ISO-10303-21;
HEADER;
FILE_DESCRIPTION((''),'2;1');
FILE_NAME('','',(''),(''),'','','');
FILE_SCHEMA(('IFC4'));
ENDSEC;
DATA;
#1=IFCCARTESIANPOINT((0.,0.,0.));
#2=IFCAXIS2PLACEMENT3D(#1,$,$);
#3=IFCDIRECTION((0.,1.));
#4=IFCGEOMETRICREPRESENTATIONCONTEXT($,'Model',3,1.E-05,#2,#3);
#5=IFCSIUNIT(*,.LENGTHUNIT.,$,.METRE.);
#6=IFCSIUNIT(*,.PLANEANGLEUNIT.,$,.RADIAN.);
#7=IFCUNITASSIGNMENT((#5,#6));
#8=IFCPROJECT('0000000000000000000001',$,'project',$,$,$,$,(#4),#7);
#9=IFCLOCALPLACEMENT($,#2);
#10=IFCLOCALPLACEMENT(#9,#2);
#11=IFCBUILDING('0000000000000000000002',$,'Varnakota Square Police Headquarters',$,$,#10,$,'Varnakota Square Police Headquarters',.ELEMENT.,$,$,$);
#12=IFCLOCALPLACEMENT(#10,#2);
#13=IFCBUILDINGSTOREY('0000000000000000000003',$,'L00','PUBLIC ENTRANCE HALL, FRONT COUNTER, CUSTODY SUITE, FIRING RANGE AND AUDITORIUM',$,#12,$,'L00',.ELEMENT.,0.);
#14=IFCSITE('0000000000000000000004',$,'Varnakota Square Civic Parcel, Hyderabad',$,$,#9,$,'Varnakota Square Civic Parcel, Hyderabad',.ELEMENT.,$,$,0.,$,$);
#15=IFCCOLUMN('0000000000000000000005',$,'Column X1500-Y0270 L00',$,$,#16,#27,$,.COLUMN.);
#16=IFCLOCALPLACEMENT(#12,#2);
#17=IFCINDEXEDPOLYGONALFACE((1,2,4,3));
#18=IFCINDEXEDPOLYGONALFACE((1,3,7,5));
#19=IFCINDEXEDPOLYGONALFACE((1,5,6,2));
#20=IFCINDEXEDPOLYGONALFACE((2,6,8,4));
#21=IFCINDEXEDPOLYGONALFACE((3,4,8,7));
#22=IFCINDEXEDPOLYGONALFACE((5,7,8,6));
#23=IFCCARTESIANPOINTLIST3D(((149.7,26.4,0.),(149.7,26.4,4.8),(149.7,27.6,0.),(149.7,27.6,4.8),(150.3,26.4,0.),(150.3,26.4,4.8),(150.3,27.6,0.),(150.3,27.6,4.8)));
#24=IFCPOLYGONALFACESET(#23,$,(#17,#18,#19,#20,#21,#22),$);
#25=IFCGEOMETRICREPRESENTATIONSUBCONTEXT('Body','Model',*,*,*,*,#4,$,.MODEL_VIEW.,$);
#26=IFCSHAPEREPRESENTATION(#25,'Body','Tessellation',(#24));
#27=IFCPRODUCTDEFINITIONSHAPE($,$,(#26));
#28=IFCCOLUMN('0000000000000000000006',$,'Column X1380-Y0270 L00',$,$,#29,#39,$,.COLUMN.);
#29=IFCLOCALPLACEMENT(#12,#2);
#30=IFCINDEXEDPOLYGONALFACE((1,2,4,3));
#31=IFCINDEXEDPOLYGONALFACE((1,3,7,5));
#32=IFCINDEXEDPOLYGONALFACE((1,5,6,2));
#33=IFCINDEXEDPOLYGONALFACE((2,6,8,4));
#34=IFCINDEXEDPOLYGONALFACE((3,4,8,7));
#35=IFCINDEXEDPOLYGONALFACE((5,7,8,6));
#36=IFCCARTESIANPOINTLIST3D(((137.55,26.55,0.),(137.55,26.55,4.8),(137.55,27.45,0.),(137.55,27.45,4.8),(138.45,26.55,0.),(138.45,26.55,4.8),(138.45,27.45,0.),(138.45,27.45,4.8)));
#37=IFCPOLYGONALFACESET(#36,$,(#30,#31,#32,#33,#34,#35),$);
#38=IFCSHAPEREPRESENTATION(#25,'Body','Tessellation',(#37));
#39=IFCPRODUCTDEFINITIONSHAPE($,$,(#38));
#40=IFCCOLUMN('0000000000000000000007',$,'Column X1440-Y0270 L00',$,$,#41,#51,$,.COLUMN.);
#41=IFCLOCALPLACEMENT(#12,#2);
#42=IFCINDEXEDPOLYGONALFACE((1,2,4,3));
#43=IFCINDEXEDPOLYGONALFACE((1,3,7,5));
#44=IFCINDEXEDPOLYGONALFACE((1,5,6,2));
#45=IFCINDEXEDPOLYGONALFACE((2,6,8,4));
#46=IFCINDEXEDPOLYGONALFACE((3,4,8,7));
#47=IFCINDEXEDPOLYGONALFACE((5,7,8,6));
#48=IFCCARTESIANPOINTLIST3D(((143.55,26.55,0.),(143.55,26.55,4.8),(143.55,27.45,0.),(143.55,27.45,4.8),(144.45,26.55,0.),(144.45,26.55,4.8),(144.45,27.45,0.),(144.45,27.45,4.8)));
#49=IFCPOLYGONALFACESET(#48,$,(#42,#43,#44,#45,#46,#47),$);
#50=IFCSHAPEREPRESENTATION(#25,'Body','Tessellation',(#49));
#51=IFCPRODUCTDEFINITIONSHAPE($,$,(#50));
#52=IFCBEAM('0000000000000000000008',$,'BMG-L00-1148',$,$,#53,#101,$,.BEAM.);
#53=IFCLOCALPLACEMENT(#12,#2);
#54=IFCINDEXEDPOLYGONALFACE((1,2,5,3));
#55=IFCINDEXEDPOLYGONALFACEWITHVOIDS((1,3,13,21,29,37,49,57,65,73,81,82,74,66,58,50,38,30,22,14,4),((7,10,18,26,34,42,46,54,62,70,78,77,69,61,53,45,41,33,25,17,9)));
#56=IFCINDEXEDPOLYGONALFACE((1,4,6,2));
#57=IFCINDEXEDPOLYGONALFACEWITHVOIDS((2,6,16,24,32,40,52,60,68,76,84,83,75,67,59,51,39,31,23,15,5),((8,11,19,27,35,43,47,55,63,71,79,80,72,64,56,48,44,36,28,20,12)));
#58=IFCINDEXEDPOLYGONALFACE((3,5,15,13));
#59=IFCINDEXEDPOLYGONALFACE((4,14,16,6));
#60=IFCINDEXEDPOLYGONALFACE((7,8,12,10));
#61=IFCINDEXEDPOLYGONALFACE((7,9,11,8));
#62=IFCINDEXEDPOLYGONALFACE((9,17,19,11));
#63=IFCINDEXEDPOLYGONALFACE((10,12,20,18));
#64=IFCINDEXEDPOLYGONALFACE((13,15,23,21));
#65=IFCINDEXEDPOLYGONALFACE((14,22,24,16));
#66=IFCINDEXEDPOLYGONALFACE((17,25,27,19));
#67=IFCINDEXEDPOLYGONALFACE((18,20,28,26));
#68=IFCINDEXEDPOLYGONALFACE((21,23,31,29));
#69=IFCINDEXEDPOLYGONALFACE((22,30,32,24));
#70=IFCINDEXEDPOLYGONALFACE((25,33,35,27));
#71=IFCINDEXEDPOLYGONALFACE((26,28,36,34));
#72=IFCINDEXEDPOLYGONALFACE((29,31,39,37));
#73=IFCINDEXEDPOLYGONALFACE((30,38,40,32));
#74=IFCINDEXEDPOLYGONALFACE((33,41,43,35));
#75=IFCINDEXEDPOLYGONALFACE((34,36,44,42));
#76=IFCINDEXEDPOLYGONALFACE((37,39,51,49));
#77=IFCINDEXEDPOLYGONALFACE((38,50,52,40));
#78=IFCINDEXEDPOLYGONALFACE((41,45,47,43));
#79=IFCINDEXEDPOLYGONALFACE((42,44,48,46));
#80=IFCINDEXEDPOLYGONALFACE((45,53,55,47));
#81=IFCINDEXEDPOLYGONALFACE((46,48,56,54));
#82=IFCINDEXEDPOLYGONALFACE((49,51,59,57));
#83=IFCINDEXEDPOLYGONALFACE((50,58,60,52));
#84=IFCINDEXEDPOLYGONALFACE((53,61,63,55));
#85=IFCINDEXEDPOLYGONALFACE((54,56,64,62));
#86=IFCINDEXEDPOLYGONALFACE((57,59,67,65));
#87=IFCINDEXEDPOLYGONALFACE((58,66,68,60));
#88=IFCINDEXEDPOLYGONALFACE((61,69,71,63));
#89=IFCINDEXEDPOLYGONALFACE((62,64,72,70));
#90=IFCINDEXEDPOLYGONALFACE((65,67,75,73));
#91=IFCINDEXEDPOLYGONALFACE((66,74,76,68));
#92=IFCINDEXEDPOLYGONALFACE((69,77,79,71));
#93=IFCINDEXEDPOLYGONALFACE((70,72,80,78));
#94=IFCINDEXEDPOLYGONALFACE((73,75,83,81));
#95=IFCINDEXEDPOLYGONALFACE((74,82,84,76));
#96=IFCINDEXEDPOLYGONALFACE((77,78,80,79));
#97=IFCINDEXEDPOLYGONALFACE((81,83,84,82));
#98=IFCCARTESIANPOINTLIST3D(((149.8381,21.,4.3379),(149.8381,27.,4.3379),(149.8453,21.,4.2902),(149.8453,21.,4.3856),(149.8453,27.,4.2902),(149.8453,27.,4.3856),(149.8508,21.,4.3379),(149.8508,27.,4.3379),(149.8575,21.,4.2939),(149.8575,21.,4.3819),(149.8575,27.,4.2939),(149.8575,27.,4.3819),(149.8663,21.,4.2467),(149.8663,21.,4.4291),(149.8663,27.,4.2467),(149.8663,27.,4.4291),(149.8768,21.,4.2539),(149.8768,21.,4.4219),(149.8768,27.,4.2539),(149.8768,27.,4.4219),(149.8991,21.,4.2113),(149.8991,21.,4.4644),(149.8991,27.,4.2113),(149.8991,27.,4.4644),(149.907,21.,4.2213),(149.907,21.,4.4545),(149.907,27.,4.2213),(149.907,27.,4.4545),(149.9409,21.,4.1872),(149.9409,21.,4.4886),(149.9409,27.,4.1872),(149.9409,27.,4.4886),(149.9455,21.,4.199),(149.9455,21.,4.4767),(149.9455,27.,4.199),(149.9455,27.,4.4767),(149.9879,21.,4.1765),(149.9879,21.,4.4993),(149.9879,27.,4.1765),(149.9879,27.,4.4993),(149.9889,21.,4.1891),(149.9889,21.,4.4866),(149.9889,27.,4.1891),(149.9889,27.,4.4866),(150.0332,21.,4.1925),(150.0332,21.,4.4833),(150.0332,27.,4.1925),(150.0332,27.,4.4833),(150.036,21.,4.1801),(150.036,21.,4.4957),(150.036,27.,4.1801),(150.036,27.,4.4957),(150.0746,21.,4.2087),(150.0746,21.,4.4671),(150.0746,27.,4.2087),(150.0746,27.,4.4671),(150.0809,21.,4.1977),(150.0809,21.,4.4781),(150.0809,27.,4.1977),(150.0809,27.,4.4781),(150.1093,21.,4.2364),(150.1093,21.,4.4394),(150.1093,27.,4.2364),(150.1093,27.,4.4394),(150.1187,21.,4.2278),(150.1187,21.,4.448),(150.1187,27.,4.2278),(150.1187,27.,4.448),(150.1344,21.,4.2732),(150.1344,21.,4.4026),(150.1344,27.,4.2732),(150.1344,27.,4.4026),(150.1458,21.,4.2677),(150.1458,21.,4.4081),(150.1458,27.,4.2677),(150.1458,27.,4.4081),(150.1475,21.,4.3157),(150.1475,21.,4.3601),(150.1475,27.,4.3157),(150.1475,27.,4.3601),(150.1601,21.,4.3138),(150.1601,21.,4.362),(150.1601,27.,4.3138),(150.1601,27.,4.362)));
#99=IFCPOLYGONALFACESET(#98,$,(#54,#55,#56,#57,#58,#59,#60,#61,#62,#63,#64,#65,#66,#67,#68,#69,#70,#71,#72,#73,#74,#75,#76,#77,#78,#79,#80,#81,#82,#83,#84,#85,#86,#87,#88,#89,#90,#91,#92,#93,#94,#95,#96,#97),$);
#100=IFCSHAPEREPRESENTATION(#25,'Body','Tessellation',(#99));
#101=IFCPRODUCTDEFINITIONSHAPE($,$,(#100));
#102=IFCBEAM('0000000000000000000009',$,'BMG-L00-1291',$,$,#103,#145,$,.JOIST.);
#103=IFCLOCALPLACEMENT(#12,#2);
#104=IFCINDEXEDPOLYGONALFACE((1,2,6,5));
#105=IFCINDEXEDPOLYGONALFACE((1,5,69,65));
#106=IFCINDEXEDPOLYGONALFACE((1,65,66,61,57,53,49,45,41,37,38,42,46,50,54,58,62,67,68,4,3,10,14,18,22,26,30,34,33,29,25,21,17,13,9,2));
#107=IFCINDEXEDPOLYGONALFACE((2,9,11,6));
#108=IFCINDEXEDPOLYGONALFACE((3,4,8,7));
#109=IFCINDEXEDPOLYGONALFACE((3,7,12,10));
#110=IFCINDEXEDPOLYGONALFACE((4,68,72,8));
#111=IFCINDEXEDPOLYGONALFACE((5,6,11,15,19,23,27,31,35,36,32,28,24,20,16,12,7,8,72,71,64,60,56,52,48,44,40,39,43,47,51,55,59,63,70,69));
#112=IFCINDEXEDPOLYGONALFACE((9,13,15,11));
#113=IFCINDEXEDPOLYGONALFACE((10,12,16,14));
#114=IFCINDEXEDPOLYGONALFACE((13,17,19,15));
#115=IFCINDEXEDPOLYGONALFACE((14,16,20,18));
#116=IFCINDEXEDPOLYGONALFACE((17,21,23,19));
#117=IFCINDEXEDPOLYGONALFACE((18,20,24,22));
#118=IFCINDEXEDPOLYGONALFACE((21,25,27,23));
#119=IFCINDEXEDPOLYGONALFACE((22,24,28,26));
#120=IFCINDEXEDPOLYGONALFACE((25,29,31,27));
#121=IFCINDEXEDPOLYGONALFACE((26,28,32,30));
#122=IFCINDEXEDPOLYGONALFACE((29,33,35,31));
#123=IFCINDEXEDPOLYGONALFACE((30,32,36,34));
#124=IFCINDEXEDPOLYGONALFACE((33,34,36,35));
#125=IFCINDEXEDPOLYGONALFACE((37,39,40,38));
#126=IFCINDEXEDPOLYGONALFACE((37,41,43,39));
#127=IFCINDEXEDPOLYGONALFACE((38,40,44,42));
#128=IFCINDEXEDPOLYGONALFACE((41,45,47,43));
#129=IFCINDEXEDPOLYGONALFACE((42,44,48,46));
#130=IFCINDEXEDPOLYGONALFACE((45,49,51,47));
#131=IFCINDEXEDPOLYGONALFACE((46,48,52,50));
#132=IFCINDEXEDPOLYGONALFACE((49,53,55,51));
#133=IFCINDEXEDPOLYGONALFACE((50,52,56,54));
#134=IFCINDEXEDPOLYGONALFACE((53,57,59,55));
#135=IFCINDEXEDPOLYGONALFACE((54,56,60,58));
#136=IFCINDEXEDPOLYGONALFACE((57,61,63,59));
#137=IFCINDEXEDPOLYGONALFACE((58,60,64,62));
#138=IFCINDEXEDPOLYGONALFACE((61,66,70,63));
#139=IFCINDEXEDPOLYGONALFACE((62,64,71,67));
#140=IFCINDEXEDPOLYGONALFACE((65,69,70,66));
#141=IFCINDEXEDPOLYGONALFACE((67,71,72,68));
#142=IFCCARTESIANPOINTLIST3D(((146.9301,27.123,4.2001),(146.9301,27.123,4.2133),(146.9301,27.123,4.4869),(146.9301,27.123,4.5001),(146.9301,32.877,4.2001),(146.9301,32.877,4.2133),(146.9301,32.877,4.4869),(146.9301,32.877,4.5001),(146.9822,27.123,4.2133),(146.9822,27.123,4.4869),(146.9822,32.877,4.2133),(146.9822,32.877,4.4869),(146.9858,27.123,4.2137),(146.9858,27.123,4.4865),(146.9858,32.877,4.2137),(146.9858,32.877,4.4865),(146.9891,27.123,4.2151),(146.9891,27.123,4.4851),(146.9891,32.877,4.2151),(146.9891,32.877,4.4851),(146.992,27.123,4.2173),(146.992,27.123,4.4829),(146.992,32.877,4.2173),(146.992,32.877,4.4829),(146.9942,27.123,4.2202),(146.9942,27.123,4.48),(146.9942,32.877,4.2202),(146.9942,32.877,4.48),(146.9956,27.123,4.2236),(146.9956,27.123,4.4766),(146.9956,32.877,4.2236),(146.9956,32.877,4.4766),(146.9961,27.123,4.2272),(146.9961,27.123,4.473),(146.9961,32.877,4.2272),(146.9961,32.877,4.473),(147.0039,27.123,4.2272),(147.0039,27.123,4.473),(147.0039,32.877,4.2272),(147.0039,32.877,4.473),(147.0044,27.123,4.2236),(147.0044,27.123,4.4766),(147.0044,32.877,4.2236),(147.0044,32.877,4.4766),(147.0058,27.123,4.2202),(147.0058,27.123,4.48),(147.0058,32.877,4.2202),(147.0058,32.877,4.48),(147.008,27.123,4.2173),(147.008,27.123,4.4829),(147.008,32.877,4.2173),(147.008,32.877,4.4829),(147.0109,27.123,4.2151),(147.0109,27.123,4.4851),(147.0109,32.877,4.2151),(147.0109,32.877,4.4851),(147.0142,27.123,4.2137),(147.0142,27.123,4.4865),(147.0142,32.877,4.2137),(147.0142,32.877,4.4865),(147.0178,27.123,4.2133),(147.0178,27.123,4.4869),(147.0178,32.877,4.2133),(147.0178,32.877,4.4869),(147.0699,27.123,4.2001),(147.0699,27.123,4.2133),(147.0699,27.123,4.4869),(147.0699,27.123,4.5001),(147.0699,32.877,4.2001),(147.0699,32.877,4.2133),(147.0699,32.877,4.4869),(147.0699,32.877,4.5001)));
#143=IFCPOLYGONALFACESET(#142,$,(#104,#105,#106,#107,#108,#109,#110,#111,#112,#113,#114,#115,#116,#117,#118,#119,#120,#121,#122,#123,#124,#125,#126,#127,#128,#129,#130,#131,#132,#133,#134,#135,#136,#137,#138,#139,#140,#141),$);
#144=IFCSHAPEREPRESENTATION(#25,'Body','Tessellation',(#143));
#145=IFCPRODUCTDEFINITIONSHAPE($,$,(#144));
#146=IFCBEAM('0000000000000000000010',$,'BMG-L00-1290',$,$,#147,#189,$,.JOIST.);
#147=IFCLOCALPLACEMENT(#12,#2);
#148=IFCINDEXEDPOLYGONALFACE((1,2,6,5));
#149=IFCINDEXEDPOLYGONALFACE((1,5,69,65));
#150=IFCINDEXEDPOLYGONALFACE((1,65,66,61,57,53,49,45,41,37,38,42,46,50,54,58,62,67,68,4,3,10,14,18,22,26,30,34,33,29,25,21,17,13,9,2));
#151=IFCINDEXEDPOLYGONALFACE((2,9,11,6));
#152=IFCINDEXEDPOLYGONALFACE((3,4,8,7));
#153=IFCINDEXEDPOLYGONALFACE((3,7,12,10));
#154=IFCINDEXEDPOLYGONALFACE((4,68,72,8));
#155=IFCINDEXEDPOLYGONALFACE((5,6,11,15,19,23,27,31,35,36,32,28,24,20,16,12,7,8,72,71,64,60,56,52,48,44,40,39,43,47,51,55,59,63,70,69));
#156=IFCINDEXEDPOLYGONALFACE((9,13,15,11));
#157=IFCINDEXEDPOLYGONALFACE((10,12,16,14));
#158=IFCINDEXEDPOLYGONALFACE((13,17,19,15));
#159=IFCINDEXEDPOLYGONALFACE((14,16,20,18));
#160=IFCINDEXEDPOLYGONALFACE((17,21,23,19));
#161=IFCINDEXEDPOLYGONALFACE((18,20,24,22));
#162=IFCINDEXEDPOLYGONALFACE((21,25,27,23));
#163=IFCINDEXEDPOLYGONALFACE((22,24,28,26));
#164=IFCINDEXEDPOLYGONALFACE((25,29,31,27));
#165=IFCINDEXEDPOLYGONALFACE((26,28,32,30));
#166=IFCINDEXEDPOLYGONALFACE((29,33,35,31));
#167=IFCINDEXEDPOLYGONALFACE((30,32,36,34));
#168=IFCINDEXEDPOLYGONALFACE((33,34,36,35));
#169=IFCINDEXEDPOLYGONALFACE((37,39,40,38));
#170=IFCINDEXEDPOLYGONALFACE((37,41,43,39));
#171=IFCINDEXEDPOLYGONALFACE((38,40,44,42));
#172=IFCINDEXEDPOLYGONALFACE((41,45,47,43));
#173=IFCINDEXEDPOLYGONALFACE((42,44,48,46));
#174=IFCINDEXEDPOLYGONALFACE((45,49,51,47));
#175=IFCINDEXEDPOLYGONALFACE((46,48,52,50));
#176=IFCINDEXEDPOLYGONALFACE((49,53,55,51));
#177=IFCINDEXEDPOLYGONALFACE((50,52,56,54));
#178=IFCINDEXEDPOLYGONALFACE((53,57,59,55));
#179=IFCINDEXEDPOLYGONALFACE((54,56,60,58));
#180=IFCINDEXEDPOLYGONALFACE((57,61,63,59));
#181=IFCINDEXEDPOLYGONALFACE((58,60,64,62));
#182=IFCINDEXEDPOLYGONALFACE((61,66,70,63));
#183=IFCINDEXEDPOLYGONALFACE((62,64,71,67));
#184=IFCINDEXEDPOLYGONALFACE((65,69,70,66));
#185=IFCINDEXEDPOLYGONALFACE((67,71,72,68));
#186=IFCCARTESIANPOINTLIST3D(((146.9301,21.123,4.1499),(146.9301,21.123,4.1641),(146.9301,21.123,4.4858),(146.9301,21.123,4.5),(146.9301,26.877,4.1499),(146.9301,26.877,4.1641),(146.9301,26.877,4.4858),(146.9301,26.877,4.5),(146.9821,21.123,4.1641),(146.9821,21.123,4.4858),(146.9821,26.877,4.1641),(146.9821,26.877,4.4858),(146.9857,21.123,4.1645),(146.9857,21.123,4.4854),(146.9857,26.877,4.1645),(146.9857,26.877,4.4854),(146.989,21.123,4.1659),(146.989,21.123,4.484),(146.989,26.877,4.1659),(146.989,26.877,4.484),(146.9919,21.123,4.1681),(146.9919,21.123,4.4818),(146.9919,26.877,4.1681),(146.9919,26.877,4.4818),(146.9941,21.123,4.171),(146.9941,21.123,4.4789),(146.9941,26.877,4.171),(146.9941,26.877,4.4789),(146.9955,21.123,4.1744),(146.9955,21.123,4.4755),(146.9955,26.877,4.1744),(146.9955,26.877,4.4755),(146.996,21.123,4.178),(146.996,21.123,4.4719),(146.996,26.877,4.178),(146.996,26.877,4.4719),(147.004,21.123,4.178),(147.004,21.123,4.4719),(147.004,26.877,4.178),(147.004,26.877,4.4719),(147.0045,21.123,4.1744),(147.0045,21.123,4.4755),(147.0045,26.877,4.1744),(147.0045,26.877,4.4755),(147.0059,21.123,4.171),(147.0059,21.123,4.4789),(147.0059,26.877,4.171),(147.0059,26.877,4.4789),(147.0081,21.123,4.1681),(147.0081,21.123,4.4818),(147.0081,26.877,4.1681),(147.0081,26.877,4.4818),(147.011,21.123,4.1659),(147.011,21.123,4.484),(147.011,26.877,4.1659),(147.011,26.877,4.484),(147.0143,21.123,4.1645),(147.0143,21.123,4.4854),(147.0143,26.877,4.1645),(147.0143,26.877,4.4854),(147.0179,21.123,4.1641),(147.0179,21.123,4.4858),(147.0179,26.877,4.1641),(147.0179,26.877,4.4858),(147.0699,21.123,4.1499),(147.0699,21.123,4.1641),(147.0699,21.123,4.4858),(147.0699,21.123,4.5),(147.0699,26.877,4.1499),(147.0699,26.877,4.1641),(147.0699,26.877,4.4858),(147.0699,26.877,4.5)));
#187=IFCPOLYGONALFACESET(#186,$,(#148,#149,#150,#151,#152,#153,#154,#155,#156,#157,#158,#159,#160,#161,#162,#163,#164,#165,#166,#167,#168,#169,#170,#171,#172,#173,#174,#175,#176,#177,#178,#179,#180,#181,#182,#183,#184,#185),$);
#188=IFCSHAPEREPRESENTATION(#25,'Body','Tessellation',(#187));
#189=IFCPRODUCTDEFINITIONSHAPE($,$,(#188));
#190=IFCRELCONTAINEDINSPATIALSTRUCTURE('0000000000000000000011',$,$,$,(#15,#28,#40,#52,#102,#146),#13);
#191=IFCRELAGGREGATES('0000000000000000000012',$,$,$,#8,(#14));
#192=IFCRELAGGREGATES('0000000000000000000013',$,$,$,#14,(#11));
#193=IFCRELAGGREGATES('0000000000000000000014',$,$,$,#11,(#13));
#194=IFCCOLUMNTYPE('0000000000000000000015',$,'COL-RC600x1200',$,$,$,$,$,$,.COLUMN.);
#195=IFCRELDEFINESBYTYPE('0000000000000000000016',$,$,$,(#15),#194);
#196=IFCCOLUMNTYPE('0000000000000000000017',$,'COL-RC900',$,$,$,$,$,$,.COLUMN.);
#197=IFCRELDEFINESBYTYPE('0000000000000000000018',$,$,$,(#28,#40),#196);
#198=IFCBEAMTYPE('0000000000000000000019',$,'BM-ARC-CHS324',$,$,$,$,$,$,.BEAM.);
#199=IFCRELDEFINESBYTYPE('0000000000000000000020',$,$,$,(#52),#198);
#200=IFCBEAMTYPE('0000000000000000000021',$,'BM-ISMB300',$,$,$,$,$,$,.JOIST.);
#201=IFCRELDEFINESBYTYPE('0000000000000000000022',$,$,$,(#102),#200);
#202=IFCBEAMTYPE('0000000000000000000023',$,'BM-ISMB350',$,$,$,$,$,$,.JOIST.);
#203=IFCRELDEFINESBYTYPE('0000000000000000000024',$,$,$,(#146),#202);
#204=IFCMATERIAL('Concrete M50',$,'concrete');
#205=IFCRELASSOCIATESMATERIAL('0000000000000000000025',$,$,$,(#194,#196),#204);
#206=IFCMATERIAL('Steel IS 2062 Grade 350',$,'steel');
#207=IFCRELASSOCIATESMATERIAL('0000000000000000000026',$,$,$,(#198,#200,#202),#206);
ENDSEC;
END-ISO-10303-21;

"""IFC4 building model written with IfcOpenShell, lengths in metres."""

from ifc_helpers import new_model, si_unit, direction, frame, origin, origin_2d, place, context, subcontext, project, spatial, rectangle, hollow_circle, i_section, extrude, material, material_profile, profile_set, type_object, element, save


model = new_model("IFC4")

# Units and contexts
model_context = context("Model", 3, precision=1e-05, world=origin(), true_north=direction((0.0, 1.0)))
body_context = subcontext(model_context, "Body", "Model", "MODEL_VIEW")
ifc_project = project(units=[si_unit("LENGTHUNIT", "METRE"), si_unit("PLANEANGLEUNIT", "RADIAN")], contexts=[model_context])

# Site, building, storey
site_placement = place(None, origin())
site = spatial("IfcSite", under=ifc_project, at=site_placement, Name="Varnakota Square Civic Parcel, Hyderabad", LongName="Varnakota Square Civic Parcel, Hyderabad", CompositionType="ELEMENT", RefElevation=0.0)
building_placement = place(site_placement, origin())
building = spatial("IfcBuilding", under=site, at=building_placement, Name="Varnakota Square Police Headquarters", LongName="Varnakota Square Police Headquarters", CompositionType="ELEMENT")
storey_placement = place(building_placement, origin())
storey = spatial("IfcBuildingStorey", under=building, at=storey_placement, Name="L00", Description="PUBLIC ENTRANCE HALL, FRONT COUNTER, CUSTODY SUITE, FIRING RANGE AND AUDITORIUM", LongName="L00", CompositionType="ELEMENT", Elevation=0.0)

# Columns
ifc_material_1 = material(Name="Concrete M50", Category="concrete")
ifc_material_profile_1 = material_profile(ifc_material_1, rectangle(XDim=0.6001, YDim=1.2, at=origin_2d()), Name="RC 600x1200")
ifc_profile_set_1 = profile_set([ifc_material_profile_1], Name="Concrete M50")
column_type_1 = type_object("IfcColumnType", Name="COL-RC600x1200", PredefinedType="COLUMN", material=ifc_profile_set_1)
column_placement = place(storey_placement, frame((150.0, 27.0, 0.0), z_axis=(0.0, 0.0, 1.0), x_axis=(1.0, 0.0, 0.0)))
element("IfcColumn", 1, at=column_placement, inside=storey, type_object=column_type_1, Name="Column X1500-Y0270 L00", PredefinedType="COLUMN", context=body_context, shape_type="SweptSolid", body=[
    extrude(rectangle(XDim=0.6001, YDim=1.2, at=origin_2d()), origin(), (0.0, 0.0, 1.0), 4.8),
])
ifc_material_profile_2 = material_profile(ifc_material_1, rectangle(XDim=0.8999, YDim=0.8999, at=origin_2d()), Name="RC 900x900")
ifc_profile_set_2 = profile_set([ifc_material_profile_2], Name="Concrete M50")
column_type_2 = type_object("IfcColumnType", Name="COL-RC900", PredefinedType="COLUMN", material=ifc_profile_set_2)
for number, where, z_axis, x_axis, name in (
    (2, (138.0, 27.0, 0.0), (0.0, 0.0, 1.0), (1.0, 0.0, 0.0), "Column X1380-Y0270 L00"),
    (3, (144.0, 27.0, 0.0), (0.0, 0.0, 1.0), (1.0, 0.0, 0.0), "Column X1440-Y0270 L00"),
):
    element("IfcColumn", number, at=place(storey_placement, frame(where, z_axis=z_axis, x_axis=x_axis)), inside=storey, type_object=column_type_2, Name=name, PredefinedType="COLUMN", context=body_context, shape_type="SweptSolid", body=[
        extrude(rectangle(XDim=0.8999, YDim=0.8999, at=origin_2d()), origin(), (0.0, 0.0, 1.0), 4.8),
    ])

# Beams
ifc_material_2 = material(Name="Steel IS 2062 Grade 350", Category="steel")
ifc_material_profile_3 = material_profile(ifc_material_2, hollow_circle(Radius=0.1619, WallThickness=0.0127, at=origin_2d()), Name="CHS 323.9x12.7")
ifc_profile_set_3 = profile_set([ifc_material_profile_3], Name="Steel IS 2062 Grade 350")
beam_type_1 = type_object("IfcBeamType", Name="BM-ARC-CHS324", PredefinedType="BEAM", material=ifc_profile_set_3)
beam_1_placement = place(storey_placement, frame((150.0, 21.0, 4.3379), z_axis=(0.0, 1.0, 0.0), x_axis=(-1.0, 0.0, 0.0)))
element("IfcBeam", 4, at=beam_1_placement, inside=storey, type_object=beam_type_1, Name="BMG-L00-1148", PredefinedType="BEAM", context=body_context, shape_type="SweptSolid", body=[
    extrude(hollow_circle(Radius=0.1619, WallThickness=0.0127, at=origin_2d()), origin(), (0.0, 0.0, 1.0), 6.0),
])
ifc_material_profile_4 = material_profile(ifc_material_2, i_section(OverallWidth=0.1399, OverallDepth=0.3, WebThickness=0.0078, FlangeThickness=0.0132, FilletRadius=0.0139, at=origin_2d()), Name="ISMB 300")
ifc_profile_set_4 = profile_set([ifc_material_profile_4], Name="Steel IS 2062 Grade 350")
beam_type_2 = type_object("IfcBeamType", Name="BM-ISMB300", PredefinedType="JOIST", material=ifc_profile_set_4)
beam_2_placement = place(storey_placement, frame((147.0, 27.123, 4.3501), z_axis=(0.0, 1.0, 0.0), x_axis=(-1.0, 0.0, 0.0)))
element("IfcBeam", 5, at=beam_2_placement, inside=storey, type_object=beam_type_2, Name="BMG-L00-1291", PredefinedType="JOIST", context=body_context, shape_type="SweptSolid", body=[
    extrude(i_section(OverallWidth=0.1399, OverallDepth=0.3, WebThickness=0.0078, FlangeThickness=0.0132, FilletRadius=0.0139, at=origin_2d()), origin(), (0.0, 0.0, 1.0), 5.7539),
])
ifc_material_profile_5 = material_profile(ifc_material_2, i_section(OverallWidth=0.1399, OverallDepth=0.3501, WebThickness=0.0081, FlangeThickness=0.0142, FilletRadius=0.0139, at=origin_2d()), Name="ISMB 350")
ifc_profile_set_5 = profile_set([ifc_material_profile_5], Name="Steel IS 2062 Grade 350")
beam_type_3 = type_object("IfcBeamType", Name="BM-ISMB350", PredefinedType="JOIST", material=ifc_profile_set_5)
beam_3_placement = place(storey_placement, frame((147.0, 21.123, 4.325), z_axis=(0.0, 1.0, 0.0), x_axis=(-1.0, 0.0, 0.0)))
element("IfcBeam", 6, at=beam_3_placement, inside=storey, type_object=beam_type_3, Name="BMG-L00-1290", PredefinedType="JOIST", context=body_context, shape_type="SweptSolid", body=[
    extrude(i_section(OverallWidth=0.1399, OverallDepth=0.3501, WebThickness=0.0081, FlangeThickness=0.0142, FilletRadius=0.0139, at=origin_2d()), origin(), (0.0, 0.0, 1.0), 5.7539),
])

save(model, "model.ifc")
